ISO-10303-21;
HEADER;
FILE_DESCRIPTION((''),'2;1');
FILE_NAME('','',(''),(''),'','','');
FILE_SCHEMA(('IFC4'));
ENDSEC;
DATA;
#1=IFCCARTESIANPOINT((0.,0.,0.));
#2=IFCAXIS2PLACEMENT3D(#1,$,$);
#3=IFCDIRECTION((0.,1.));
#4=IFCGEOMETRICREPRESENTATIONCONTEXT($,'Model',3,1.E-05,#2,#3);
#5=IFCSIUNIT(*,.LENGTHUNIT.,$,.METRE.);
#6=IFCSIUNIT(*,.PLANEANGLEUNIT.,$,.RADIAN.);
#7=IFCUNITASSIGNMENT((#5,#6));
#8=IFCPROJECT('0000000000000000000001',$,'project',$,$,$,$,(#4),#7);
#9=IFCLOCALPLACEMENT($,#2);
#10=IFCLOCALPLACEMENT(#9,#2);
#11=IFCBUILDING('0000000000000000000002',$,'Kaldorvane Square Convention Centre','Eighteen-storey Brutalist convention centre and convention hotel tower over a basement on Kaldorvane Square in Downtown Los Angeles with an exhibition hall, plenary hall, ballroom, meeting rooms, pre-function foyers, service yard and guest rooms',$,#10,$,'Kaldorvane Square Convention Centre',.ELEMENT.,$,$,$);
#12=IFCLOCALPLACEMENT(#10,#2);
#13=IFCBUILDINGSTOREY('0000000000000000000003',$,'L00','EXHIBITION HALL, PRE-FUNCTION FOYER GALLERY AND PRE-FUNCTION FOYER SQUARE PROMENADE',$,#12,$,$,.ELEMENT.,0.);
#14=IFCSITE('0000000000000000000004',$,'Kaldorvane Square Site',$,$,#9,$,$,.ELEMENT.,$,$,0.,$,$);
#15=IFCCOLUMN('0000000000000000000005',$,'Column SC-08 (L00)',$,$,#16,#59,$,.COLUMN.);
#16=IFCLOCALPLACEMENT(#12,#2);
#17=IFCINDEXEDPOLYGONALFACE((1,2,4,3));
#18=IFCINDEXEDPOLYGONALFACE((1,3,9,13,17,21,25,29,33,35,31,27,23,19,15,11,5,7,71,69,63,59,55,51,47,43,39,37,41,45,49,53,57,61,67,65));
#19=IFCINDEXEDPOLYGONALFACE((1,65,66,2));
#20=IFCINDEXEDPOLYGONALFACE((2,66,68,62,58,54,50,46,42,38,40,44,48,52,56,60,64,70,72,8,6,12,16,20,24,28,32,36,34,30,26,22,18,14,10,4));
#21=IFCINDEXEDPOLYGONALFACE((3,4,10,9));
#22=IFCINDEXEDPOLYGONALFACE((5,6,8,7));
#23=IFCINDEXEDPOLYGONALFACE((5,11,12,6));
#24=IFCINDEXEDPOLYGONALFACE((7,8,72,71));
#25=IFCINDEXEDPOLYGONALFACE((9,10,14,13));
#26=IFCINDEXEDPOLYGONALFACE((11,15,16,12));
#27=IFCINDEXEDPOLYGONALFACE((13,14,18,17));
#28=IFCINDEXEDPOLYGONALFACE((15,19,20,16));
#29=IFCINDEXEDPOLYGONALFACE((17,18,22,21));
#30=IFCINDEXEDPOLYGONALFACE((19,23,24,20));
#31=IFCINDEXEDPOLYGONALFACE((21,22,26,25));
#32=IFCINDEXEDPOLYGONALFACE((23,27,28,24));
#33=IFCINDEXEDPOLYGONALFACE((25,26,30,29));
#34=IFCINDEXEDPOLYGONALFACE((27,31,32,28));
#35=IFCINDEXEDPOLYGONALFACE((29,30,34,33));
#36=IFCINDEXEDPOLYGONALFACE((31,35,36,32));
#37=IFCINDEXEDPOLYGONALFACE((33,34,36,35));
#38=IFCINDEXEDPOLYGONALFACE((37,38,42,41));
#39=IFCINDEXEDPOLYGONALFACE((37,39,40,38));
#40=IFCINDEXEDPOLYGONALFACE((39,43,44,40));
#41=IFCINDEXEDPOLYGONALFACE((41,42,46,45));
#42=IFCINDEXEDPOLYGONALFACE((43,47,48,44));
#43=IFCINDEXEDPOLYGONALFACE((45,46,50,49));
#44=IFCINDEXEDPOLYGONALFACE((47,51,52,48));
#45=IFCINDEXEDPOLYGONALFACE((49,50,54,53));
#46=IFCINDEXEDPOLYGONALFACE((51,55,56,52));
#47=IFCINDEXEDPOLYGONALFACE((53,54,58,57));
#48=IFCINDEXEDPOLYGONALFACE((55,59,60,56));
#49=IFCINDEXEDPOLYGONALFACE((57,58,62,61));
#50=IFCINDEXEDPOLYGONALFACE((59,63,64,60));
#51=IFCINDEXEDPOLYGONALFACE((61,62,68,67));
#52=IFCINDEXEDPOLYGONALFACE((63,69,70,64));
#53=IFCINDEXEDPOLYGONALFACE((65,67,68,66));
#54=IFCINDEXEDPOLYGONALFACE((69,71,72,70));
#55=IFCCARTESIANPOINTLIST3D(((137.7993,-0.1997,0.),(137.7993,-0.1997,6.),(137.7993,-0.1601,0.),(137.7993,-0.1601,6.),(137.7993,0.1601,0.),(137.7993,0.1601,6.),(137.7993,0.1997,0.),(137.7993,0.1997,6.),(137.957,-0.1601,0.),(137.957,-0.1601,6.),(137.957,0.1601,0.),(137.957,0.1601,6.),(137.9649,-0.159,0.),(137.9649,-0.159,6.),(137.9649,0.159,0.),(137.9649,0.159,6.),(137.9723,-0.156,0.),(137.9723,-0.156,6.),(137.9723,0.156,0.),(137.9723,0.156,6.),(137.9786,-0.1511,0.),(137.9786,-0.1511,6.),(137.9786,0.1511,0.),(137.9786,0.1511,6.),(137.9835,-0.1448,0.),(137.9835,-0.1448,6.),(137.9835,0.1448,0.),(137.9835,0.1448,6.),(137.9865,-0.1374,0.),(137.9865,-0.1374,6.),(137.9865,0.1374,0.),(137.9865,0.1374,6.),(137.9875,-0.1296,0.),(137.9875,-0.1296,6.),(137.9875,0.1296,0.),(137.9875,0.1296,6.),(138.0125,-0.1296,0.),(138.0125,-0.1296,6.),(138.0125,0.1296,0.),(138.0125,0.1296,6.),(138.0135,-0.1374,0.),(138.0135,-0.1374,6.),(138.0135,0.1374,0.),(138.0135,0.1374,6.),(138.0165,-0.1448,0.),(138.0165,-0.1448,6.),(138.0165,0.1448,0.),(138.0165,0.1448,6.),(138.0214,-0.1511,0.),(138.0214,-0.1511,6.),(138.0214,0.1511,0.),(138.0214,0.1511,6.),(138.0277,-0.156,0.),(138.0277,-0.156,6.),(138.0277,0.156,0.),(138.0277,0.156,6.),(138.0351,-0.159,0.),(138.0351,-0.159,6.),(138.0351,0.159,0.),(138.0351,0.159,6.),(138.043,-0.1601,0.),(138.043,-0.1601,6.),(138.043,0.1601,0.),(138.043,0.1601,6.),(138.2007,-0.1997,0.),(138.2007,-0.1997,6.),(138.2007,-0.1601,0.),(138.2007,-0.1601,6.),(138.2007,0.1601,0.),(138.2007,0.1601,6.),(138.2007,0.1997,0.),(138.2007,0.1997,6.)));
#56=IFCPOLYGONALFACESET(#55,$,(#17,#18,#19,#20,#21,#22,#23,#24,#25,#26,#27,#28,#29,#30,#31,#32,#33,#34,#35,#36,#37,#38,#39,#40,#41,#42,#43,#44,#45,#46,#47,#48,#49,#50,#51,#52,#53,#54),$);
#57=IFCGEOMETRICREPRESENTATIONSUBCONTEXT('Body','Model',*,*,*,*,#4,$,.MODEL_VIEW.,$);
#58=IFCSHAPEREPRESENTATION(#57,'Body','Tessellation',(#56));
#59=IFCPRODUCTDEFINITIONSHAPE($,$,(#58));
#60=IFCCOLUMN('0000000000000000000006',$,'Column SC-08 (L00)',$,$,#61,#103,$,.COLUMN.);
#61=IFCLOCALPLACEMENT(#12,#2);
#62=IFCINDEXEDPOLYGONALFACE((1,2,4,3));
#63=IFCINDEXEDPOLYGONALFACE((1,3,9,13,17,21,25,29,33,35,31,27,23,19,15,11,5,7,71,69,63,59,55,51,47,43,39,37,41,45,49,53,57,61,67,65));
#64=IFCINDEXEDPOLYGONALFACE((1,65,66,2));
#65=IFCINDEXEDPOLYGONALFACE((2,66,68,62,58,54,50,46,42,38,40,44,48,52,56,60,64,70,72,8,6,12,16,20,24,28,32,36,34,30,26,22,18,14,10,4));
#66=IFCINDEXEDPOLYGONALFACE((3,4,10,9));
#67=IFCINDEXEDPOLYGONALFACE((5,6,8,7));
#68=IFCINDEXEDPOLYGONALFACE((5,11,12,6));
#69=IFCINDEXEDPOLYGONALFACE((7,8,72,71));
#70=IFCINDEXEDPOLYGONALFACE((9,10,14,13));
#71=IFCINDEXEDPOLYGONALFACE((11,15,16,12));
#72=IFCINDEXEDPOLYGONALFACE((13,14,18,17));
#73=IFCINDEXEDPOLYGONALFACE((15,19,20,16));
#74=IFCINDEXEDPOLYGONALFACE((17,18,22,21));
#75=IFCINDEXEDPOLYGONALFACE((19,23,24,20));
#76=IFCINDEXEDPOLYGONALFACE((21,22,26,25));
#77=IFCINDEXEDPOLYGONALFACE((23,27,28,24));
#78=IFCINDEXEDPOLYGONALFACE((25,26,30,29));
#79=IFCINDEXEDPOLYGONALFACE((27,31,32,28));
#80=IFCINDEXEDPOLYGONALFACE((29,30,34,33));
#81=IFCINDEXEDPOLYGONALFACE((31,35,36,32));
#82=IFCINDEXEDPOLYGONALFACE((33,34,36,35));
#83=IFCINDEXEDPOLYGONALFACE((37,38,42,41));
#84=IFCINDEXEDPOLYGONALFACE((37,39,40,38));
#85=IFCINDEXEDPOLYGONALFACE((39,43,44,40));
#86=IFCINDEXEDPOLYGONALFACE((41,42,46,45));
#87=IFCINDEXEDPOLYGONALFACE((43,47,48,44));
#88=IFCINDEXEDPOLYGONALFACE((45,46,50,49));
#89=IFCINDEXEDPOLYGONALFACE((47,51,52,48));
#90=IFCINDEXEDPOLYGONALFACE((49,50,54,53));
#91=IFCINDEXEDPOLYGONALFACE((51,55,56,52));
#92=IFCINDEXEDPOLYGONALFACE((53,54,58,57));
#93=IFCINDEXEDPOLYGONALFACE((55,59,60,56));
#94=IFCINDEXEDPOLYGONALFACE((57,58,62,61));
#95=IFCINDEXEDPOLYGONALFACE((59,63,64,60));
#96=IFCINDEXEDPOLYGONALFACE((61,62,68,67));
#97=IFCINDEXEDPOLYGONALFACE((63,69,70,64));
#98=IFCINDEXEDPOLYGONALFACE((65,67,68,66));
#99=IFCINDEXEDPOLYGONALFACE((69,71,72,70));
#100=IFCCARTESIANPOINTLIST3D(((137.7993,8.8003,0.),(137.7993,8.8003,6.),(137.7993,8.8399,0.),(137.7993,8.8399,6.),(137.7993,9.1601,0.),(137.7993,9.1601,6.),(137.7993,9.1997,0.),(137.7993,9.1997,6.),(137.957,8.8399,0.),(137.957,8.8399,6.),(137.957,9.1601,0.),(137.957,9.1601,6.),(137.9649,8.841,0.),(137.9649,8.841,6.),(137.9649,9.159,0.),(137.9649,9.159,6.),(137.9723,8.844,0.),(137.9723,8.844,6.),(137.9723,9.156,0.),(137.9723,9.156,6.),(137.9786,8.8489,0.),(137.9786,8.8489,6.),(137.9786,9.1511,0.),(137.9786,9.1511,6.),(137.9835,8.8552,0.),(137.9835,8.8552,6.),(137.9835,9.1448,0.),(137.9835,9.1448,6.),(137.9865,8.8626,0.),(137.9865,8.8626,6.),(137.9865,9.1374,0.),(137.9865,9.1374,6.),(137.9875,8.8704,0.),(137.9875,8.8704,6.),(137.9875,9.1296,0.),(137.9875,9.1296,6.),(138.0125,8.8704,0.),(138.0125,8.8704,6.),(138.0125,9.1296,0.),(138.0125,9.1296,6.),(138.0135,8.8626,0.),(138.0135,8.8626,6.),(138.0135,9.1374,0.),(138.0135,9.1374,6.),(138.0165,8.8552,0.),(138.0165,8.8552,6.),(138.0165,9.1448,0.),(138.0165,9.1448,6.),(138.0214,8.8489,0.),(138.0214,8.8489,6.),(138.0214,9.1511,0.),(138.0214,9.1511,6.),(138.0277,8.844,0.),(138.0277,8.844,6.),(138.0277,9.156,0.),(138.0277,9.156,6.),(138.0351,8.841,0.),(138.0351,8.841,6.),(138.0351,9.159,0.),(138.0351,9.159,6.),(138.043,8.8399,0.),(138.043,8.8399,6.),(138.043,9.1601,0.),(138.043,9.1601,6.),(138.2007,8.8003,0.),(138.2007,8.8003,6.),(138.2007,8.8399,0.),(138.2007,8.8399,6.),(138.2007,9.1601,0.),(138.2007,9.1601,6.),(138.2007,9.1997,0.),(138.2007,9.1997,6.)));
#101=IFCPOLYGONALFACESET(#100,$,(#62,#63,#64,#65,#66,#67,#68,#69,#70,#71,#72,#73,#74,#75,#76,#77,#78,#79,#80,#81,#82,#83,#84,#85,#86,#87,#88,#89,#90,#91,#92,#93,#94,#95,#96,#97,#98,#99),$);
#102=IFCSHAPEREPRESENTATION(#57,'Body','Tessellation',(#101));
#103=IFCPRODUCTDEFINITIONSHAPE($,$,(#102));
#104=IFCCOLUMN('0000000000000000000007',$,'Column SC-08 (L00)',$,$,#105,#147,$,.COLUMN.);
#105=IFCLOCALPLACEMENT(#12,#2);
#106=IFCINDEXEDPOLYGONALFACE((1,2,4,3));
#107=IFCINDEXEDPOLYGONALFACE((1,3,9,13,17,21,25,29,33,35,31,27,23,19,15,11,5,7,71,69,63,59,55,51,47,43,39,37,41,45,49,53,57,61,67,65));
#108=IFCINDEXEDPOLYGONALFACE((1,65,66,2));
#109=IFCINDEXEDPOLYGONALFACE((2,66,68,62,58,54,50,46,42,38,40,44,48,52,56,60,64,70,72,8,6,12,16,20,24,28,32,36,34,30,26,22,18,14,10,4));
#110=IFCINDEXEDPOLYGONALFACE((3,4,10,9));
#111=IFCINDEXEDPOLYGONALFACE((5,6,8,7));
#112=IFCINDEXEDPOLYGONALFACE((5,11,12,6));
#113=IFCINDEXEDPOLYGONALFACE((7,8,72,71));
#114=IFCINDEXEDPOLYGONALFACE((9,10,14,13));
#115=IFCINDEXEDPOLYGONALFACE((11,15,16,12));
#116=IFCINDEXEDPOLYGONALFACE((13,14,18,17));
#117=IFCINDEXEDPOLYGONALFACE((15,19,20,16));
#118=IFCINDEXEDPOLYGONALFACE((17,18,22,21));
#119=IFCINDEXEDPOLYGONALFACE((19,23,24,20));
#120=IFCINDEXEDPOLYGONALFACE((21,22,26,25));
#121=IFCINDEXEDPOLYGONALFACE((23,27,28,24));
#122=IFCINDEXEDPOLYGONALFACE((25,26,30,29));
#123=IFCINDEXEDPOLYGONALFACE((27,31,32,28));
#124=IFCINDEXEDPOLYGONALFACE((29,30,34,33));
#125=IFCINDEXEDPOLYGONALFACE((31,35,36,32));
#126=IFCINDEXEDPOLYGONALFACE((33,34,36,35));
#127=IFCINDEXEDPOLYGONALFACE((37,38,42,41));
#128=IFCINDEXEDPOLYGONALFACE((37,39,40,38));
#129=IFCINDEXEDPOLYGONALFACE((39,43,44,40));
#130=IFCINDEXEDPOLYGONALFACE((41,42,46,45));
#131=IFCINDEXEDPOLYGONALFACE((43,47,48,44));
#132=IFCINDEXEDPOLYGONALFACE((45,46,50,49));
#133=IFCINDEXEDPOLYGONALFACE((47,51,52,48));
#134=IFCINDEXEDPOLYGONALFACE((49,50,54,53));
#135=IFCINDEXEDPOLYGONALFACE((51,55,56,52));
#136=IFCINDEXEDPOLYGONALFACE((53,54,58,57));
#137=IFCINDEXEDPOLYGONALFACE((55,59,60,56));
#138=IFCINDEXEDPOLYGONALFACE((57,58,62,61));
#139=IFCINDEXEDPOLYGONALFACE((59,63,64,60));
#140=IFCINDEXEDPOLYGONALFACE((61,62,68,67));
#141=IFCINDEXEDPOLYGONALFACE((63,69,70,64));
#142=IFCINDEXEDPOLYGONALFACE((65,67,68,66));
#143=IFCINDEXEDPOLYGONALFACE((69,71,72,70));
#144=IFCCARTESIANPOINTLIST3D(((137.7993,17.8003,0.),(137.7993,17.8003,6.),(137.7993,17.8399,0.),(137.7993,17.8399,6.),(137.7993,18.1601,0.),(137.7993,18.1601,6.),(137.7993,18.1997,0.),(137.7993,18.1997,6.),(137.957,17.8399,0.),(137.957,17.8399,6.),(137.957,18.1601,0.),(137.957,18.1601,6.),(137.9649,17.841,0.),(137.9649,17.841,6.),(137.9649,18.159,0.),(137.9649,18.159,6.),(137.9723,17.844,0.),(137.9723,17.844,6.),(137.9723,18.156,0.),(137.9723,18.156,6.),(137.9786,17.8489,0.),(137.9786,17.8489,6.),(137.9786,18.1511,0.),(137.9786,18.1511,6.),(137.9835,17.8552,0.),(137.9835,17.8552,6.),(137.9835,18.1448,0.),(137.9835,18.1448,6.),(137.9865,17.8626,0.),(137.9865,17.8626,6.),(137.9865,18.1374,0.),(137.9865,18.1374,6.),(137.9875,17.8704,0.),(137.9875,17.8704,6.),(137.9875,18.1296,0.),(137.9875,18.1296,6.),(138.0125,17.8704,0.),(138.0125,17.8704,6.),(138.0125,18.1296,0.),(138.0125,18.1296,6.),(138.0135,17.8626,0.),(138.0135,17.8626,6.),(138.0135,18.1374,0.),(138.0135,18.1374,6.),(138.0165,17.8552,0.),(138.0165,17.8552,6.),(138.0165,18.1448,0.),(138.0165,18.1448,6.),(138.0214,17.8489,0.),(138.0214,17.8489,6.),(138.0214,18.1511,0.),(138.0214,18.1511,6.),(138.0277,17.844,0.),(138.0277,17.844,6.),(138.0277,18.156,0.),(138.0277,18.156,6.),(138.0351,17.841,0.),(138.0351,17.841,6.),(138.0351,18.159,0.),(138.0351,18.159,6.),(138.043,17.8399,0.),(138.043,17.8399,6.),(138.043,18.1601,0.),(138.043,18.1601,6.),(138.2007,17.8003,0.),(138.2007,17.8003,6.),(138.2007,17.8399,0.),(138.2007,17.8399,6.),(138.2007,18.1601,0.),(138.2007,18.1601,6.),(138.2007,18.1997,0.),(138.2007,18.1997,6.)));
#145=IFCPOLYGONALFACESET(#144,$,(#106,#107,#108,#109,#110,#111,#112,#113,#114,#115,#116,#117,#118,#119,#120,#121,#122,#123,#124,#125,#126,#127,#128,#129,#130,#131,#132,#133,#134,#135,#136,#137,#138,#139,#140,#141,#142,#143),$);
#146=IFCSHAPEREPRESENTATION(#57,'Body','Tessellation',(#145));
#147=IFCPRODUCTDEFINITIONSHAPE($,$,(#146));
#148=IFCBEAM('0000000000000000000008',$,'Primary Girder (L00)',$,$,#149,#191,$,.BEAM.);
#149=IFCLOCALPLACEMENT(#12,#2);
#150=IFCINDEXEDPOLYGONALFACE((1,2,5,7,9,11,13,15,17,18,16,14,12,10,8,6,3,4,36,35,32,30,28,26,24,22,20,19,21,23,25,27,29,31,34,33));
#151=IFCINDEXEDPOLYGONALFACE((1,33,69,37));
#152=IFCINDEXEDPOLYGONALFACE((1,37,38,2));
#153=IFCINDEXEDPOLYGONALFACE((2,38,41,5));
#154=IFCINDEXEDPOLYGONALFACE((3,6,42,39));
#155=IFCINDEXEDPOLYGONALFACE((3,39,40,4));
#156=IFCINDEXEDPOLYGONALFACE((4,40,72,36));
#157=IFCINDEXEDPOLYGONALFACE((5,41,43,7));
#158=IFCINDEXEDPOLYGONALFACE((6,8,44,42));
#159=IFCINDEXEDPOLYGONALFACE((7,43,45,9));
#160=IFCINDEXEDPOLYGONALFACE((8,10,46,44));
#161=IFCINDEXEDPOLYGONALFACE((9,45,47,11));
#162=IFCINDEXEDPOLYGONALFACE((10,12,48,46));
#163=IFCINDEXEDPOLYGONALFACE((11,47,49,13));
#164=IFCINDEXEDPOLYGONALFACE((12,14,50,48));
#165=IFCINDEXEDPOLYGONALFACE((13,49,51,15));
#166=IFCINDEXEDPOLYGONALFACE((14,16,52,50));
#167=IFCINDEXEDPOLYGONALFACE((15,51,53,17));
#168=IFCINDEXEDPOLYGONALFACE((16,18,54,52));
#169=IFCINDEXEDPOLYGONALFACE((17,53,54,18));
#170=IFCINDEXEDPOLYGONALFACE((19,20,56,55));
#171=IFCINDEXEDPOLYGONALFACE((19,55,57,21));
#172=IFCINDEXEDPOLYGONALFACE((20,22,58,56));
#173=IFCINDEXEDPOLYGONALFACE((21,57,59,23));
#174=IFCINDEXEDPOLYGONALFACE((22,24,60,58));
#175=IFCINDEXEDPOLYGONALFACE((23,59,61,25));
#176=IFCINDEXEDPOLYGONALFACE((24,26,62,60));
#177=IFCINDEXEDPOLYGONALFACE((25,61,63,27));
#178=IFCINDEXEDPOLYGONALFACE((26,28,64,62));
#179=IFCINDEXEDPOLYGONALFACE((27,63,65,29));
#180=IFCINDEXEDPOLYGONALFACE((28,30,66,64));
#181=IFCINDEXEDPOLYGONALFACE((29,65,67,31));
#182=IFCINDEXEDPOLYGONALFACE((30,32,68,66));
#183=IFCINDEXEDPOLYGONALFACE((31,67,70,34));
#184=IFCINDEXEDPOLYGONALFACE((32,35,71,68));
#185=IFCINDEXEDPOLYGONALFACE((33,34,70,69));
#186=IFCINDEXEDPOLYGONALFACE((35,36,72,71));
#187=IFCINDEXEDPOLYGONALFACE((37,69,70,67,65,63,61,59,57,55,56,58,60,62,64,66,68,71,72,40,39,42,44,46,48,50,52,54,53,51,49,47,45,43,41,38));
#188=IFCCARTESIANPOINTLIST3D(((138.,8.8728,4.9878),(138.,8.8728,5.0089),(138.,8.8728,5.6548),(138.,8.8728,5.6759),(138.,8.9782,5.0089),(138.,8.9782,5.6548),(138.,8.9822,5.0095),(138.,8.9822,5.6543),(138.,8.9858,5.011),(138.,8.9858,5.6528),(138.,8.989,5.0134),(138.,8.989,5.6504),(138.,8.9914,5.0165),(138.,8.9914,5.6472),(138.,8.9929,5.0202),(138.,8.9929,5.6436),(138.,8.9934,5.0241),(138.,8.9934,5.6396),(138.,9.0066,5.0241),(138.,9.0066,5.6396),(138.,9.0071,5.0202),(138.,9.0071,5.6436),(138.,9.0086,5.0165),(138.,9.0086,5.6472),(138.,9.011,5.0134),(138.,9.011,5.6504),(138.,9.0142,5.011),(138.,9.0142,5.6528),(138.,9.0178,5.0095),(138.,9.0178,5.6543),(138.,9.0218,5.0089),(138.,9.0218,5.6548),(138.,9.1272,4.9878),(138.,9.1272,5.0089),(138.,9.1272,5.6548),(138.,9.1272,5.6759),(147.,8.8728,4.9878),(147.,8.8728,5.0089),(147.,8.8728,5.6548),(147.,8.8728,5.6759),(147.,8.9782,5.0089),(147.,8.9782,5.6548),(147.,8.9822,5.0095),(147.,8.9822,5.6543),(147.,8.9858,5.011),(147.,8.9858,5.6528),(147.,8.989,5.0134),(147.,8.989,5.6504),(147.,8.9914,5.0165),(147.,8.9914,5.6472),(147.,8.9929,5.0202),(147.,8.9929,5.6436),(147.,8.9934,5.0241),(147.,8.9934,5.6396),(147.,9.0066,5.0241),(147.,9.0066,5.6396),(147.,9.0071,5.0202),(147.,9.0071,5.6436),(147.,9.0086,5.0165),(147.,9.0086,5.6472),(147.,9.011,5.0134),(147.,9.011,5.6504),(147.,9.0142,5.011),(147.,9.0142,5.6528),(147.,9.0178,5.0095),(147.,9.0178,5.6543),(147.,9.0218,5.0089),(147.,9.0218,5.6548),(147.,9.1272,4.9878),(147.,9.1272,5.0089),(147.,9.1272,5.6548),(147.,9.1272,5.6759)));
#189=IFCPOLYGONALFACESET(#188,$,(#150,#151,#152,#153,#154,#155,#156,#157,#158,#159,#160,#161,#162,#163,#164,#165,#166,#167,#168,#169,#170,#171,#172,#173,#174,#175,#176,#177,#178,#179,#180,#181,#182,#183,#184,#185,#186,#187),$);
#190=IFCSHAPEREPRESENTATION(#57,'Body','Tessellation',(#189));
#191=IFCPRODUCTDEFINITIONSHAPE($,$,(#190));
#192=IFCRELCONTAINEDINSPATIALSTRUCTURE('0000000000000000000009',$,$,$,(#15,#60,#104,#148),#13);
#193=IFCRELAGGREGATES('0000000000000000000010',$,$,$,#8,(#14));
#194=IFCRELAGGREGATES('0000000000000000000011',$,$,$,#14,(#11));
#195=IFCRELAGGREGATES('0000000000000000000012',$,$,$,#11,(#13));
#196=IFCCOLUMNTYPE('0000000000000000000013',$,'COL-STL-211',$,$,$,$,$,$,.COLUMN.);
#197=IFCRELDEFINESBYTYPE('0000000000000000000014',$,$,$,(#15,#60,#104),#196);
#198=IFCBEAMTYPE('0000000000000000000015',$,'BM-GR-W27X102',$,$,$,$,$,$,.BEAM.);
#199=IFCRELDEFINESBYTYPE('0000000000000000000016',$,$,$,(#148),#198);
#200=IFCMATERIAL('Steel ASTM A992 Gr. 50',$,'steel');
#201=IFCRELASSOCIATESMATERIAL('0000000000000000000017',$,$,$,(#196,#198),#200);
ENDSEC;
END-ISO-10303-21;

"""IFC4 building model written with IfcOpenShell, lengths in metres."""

from ifc_helpers import new_model, si_unit, direction, frame, origin, origin_2d, place, context, subcontext, project, spatial, i_section, extrude, material, material_profile, profile_set, type_object, element, save


model = new_model("IFC4")

# Units and contexts
model_context = context("Model", 3, precision=1e-05, world=origin(), true_north=direction((0.0, 1.0)))
body_context = subcontext(model_context, "Body", "Model", "MODEL_VIEW")
ifc_project = project(units=[si_unit("LENGTHUNIT", "METRE"), si_unit("PLANEANGLEUNIT", "RADIAN")], contexts=[model_context])

# Site, building, storey
site_placement = place(None, origin())
site = spatial("IfcSite", under=ifc_project, at=site_placement, Name="Kaldorvane Square Site", CompositionType="ELEMENT", RefElevation=0.0)
building_placement = place(site_placement, origin())
building = spatial("IfcBuilding", under=site, at=building_placement, Name="Kaldorvane Square Convention Centre", Description="Eighteen-storey Brutalist convention centre and convention hotel tower over a basement on Kaldorvane Square in Downtown Los Angeles with an exhibition hall, plenary hall, ballroom, meeting rooms, pre-function foyers, service yard and guest rooms", LongName="Kaldorvane Square Convention Centre", CompositionType="ELEMENT")
storey_placement = place(building_placement, origin())
storey = spatial("IfcBuildingStorey", under=building, at=storey_placement, Name="L00", Description="EXHIBITION HALL, PRE-FUNCTION FOYER GALLERY AND PRE-FUNCTION FOYER SQUARE PROMENADE", CompositionType="ELEMENT", Elevation=0.0)

# Columns
ifc_material_1 = material(Name="Steel ASTM A992 Gr. 50", Category="steel")
ifc_material_profile_1 = material_profile(ifc_material_1, i_section(OverallWidth=0.4013, OverallDepth=0.3993, WebThickness=0.0249, FlangeThickness=0.0396, FilletRadius=0.0305, at=origin_2d()), Name="W14X211")
ifc_profile_set_1 = profile_set([ifc_material_profile_1], Name="Steel ASTM A992 Gr. 50")
column_type = type_object("IfcColumnType", Name="COL-STL-211", PredefinedType="COLUMN", material=ifc_profile_set_1)
for number, where, z_axis, x_axis, name in (
    (1, (138.0, 0.0, 0.0), (0.0, 0.0, 1.0), (1.0, 0.0, 0.0), "Column SC-08 (L00)"),
    (2, (138.0, 9.0, 0.0), (0.0, 0.0, 1.0), (1.0, 0.0, 0.0), "Column SC-08 (L00)"),
    (3, (138.0, 18.0, 0.0), (0.0, 0.0, 1.0), (1.0, 0.0, 0.0), "Column SC-08 (L00)"),
):
    element("IfcColumn", number, at=place(storey_placement, frame(where, z_axis=z_axis, x_axis=x_axis)), inside=storey, type_object=column_type, Name=name, PredefinedType="COLUMN", context=body_context, shape_type="SweptSolid", body=[
        extrude(i_section(OverallWidth=0.4013, OverallDepth=0.3993, WebThickness=0.0249, FlangeThickness=0.0396, FilletRadius=0.0305, at=origin_2d()), origin(), (0.0, 0.0, 1.0), 6.0),
    ])

# Beam
ifc_material_profile_2 = material_profile(ifc_material_1, i_section(OverallWidth=0.2544, OverallDepth=0.6881, WebThickness=0.0131, FlangeThickness=0.0211, FilletRadius=0.0152, at=origin_2d()), Name="W27X102")
ifc_profile_set_2 = profile_set([ifc_material_profile_2], Name="Steel ASTM A992 Gr. 50")
beam_type_1 = type_object("IfcBeamType", Name="BM-GR-W27X102", PredefinedType="BEAM", material=ifc_profile_set_2)
for number, where, z_axis, x_axis, name in (
    (4, (138.0, 9.0, 5.3319), (1.0, 0.0, 0.0), (0.0, 1.0, 0.0), "Primary Girder (L00)"),
):
    element("IfcBeam", number, at=place(storey_placement, frame(where, z_axis=z_axis, x_axis=x_axis)), inside=storey, type_object=beam_type_1, Name=name, PredefinedType="BEAM", context=body_context, shape_type="SweptSolid", body=[
        extrude(i_section(OverallWidth=0.2544, OverallDepth=0.6881, WebThickness=0.0131, FlangeThickness=0.0211, FilletRadius=0.0152, at=origin_2d()), origin(), (0.0, 0.0, 1.0), 9.0),
    ])

save(model, "model.ifc")
